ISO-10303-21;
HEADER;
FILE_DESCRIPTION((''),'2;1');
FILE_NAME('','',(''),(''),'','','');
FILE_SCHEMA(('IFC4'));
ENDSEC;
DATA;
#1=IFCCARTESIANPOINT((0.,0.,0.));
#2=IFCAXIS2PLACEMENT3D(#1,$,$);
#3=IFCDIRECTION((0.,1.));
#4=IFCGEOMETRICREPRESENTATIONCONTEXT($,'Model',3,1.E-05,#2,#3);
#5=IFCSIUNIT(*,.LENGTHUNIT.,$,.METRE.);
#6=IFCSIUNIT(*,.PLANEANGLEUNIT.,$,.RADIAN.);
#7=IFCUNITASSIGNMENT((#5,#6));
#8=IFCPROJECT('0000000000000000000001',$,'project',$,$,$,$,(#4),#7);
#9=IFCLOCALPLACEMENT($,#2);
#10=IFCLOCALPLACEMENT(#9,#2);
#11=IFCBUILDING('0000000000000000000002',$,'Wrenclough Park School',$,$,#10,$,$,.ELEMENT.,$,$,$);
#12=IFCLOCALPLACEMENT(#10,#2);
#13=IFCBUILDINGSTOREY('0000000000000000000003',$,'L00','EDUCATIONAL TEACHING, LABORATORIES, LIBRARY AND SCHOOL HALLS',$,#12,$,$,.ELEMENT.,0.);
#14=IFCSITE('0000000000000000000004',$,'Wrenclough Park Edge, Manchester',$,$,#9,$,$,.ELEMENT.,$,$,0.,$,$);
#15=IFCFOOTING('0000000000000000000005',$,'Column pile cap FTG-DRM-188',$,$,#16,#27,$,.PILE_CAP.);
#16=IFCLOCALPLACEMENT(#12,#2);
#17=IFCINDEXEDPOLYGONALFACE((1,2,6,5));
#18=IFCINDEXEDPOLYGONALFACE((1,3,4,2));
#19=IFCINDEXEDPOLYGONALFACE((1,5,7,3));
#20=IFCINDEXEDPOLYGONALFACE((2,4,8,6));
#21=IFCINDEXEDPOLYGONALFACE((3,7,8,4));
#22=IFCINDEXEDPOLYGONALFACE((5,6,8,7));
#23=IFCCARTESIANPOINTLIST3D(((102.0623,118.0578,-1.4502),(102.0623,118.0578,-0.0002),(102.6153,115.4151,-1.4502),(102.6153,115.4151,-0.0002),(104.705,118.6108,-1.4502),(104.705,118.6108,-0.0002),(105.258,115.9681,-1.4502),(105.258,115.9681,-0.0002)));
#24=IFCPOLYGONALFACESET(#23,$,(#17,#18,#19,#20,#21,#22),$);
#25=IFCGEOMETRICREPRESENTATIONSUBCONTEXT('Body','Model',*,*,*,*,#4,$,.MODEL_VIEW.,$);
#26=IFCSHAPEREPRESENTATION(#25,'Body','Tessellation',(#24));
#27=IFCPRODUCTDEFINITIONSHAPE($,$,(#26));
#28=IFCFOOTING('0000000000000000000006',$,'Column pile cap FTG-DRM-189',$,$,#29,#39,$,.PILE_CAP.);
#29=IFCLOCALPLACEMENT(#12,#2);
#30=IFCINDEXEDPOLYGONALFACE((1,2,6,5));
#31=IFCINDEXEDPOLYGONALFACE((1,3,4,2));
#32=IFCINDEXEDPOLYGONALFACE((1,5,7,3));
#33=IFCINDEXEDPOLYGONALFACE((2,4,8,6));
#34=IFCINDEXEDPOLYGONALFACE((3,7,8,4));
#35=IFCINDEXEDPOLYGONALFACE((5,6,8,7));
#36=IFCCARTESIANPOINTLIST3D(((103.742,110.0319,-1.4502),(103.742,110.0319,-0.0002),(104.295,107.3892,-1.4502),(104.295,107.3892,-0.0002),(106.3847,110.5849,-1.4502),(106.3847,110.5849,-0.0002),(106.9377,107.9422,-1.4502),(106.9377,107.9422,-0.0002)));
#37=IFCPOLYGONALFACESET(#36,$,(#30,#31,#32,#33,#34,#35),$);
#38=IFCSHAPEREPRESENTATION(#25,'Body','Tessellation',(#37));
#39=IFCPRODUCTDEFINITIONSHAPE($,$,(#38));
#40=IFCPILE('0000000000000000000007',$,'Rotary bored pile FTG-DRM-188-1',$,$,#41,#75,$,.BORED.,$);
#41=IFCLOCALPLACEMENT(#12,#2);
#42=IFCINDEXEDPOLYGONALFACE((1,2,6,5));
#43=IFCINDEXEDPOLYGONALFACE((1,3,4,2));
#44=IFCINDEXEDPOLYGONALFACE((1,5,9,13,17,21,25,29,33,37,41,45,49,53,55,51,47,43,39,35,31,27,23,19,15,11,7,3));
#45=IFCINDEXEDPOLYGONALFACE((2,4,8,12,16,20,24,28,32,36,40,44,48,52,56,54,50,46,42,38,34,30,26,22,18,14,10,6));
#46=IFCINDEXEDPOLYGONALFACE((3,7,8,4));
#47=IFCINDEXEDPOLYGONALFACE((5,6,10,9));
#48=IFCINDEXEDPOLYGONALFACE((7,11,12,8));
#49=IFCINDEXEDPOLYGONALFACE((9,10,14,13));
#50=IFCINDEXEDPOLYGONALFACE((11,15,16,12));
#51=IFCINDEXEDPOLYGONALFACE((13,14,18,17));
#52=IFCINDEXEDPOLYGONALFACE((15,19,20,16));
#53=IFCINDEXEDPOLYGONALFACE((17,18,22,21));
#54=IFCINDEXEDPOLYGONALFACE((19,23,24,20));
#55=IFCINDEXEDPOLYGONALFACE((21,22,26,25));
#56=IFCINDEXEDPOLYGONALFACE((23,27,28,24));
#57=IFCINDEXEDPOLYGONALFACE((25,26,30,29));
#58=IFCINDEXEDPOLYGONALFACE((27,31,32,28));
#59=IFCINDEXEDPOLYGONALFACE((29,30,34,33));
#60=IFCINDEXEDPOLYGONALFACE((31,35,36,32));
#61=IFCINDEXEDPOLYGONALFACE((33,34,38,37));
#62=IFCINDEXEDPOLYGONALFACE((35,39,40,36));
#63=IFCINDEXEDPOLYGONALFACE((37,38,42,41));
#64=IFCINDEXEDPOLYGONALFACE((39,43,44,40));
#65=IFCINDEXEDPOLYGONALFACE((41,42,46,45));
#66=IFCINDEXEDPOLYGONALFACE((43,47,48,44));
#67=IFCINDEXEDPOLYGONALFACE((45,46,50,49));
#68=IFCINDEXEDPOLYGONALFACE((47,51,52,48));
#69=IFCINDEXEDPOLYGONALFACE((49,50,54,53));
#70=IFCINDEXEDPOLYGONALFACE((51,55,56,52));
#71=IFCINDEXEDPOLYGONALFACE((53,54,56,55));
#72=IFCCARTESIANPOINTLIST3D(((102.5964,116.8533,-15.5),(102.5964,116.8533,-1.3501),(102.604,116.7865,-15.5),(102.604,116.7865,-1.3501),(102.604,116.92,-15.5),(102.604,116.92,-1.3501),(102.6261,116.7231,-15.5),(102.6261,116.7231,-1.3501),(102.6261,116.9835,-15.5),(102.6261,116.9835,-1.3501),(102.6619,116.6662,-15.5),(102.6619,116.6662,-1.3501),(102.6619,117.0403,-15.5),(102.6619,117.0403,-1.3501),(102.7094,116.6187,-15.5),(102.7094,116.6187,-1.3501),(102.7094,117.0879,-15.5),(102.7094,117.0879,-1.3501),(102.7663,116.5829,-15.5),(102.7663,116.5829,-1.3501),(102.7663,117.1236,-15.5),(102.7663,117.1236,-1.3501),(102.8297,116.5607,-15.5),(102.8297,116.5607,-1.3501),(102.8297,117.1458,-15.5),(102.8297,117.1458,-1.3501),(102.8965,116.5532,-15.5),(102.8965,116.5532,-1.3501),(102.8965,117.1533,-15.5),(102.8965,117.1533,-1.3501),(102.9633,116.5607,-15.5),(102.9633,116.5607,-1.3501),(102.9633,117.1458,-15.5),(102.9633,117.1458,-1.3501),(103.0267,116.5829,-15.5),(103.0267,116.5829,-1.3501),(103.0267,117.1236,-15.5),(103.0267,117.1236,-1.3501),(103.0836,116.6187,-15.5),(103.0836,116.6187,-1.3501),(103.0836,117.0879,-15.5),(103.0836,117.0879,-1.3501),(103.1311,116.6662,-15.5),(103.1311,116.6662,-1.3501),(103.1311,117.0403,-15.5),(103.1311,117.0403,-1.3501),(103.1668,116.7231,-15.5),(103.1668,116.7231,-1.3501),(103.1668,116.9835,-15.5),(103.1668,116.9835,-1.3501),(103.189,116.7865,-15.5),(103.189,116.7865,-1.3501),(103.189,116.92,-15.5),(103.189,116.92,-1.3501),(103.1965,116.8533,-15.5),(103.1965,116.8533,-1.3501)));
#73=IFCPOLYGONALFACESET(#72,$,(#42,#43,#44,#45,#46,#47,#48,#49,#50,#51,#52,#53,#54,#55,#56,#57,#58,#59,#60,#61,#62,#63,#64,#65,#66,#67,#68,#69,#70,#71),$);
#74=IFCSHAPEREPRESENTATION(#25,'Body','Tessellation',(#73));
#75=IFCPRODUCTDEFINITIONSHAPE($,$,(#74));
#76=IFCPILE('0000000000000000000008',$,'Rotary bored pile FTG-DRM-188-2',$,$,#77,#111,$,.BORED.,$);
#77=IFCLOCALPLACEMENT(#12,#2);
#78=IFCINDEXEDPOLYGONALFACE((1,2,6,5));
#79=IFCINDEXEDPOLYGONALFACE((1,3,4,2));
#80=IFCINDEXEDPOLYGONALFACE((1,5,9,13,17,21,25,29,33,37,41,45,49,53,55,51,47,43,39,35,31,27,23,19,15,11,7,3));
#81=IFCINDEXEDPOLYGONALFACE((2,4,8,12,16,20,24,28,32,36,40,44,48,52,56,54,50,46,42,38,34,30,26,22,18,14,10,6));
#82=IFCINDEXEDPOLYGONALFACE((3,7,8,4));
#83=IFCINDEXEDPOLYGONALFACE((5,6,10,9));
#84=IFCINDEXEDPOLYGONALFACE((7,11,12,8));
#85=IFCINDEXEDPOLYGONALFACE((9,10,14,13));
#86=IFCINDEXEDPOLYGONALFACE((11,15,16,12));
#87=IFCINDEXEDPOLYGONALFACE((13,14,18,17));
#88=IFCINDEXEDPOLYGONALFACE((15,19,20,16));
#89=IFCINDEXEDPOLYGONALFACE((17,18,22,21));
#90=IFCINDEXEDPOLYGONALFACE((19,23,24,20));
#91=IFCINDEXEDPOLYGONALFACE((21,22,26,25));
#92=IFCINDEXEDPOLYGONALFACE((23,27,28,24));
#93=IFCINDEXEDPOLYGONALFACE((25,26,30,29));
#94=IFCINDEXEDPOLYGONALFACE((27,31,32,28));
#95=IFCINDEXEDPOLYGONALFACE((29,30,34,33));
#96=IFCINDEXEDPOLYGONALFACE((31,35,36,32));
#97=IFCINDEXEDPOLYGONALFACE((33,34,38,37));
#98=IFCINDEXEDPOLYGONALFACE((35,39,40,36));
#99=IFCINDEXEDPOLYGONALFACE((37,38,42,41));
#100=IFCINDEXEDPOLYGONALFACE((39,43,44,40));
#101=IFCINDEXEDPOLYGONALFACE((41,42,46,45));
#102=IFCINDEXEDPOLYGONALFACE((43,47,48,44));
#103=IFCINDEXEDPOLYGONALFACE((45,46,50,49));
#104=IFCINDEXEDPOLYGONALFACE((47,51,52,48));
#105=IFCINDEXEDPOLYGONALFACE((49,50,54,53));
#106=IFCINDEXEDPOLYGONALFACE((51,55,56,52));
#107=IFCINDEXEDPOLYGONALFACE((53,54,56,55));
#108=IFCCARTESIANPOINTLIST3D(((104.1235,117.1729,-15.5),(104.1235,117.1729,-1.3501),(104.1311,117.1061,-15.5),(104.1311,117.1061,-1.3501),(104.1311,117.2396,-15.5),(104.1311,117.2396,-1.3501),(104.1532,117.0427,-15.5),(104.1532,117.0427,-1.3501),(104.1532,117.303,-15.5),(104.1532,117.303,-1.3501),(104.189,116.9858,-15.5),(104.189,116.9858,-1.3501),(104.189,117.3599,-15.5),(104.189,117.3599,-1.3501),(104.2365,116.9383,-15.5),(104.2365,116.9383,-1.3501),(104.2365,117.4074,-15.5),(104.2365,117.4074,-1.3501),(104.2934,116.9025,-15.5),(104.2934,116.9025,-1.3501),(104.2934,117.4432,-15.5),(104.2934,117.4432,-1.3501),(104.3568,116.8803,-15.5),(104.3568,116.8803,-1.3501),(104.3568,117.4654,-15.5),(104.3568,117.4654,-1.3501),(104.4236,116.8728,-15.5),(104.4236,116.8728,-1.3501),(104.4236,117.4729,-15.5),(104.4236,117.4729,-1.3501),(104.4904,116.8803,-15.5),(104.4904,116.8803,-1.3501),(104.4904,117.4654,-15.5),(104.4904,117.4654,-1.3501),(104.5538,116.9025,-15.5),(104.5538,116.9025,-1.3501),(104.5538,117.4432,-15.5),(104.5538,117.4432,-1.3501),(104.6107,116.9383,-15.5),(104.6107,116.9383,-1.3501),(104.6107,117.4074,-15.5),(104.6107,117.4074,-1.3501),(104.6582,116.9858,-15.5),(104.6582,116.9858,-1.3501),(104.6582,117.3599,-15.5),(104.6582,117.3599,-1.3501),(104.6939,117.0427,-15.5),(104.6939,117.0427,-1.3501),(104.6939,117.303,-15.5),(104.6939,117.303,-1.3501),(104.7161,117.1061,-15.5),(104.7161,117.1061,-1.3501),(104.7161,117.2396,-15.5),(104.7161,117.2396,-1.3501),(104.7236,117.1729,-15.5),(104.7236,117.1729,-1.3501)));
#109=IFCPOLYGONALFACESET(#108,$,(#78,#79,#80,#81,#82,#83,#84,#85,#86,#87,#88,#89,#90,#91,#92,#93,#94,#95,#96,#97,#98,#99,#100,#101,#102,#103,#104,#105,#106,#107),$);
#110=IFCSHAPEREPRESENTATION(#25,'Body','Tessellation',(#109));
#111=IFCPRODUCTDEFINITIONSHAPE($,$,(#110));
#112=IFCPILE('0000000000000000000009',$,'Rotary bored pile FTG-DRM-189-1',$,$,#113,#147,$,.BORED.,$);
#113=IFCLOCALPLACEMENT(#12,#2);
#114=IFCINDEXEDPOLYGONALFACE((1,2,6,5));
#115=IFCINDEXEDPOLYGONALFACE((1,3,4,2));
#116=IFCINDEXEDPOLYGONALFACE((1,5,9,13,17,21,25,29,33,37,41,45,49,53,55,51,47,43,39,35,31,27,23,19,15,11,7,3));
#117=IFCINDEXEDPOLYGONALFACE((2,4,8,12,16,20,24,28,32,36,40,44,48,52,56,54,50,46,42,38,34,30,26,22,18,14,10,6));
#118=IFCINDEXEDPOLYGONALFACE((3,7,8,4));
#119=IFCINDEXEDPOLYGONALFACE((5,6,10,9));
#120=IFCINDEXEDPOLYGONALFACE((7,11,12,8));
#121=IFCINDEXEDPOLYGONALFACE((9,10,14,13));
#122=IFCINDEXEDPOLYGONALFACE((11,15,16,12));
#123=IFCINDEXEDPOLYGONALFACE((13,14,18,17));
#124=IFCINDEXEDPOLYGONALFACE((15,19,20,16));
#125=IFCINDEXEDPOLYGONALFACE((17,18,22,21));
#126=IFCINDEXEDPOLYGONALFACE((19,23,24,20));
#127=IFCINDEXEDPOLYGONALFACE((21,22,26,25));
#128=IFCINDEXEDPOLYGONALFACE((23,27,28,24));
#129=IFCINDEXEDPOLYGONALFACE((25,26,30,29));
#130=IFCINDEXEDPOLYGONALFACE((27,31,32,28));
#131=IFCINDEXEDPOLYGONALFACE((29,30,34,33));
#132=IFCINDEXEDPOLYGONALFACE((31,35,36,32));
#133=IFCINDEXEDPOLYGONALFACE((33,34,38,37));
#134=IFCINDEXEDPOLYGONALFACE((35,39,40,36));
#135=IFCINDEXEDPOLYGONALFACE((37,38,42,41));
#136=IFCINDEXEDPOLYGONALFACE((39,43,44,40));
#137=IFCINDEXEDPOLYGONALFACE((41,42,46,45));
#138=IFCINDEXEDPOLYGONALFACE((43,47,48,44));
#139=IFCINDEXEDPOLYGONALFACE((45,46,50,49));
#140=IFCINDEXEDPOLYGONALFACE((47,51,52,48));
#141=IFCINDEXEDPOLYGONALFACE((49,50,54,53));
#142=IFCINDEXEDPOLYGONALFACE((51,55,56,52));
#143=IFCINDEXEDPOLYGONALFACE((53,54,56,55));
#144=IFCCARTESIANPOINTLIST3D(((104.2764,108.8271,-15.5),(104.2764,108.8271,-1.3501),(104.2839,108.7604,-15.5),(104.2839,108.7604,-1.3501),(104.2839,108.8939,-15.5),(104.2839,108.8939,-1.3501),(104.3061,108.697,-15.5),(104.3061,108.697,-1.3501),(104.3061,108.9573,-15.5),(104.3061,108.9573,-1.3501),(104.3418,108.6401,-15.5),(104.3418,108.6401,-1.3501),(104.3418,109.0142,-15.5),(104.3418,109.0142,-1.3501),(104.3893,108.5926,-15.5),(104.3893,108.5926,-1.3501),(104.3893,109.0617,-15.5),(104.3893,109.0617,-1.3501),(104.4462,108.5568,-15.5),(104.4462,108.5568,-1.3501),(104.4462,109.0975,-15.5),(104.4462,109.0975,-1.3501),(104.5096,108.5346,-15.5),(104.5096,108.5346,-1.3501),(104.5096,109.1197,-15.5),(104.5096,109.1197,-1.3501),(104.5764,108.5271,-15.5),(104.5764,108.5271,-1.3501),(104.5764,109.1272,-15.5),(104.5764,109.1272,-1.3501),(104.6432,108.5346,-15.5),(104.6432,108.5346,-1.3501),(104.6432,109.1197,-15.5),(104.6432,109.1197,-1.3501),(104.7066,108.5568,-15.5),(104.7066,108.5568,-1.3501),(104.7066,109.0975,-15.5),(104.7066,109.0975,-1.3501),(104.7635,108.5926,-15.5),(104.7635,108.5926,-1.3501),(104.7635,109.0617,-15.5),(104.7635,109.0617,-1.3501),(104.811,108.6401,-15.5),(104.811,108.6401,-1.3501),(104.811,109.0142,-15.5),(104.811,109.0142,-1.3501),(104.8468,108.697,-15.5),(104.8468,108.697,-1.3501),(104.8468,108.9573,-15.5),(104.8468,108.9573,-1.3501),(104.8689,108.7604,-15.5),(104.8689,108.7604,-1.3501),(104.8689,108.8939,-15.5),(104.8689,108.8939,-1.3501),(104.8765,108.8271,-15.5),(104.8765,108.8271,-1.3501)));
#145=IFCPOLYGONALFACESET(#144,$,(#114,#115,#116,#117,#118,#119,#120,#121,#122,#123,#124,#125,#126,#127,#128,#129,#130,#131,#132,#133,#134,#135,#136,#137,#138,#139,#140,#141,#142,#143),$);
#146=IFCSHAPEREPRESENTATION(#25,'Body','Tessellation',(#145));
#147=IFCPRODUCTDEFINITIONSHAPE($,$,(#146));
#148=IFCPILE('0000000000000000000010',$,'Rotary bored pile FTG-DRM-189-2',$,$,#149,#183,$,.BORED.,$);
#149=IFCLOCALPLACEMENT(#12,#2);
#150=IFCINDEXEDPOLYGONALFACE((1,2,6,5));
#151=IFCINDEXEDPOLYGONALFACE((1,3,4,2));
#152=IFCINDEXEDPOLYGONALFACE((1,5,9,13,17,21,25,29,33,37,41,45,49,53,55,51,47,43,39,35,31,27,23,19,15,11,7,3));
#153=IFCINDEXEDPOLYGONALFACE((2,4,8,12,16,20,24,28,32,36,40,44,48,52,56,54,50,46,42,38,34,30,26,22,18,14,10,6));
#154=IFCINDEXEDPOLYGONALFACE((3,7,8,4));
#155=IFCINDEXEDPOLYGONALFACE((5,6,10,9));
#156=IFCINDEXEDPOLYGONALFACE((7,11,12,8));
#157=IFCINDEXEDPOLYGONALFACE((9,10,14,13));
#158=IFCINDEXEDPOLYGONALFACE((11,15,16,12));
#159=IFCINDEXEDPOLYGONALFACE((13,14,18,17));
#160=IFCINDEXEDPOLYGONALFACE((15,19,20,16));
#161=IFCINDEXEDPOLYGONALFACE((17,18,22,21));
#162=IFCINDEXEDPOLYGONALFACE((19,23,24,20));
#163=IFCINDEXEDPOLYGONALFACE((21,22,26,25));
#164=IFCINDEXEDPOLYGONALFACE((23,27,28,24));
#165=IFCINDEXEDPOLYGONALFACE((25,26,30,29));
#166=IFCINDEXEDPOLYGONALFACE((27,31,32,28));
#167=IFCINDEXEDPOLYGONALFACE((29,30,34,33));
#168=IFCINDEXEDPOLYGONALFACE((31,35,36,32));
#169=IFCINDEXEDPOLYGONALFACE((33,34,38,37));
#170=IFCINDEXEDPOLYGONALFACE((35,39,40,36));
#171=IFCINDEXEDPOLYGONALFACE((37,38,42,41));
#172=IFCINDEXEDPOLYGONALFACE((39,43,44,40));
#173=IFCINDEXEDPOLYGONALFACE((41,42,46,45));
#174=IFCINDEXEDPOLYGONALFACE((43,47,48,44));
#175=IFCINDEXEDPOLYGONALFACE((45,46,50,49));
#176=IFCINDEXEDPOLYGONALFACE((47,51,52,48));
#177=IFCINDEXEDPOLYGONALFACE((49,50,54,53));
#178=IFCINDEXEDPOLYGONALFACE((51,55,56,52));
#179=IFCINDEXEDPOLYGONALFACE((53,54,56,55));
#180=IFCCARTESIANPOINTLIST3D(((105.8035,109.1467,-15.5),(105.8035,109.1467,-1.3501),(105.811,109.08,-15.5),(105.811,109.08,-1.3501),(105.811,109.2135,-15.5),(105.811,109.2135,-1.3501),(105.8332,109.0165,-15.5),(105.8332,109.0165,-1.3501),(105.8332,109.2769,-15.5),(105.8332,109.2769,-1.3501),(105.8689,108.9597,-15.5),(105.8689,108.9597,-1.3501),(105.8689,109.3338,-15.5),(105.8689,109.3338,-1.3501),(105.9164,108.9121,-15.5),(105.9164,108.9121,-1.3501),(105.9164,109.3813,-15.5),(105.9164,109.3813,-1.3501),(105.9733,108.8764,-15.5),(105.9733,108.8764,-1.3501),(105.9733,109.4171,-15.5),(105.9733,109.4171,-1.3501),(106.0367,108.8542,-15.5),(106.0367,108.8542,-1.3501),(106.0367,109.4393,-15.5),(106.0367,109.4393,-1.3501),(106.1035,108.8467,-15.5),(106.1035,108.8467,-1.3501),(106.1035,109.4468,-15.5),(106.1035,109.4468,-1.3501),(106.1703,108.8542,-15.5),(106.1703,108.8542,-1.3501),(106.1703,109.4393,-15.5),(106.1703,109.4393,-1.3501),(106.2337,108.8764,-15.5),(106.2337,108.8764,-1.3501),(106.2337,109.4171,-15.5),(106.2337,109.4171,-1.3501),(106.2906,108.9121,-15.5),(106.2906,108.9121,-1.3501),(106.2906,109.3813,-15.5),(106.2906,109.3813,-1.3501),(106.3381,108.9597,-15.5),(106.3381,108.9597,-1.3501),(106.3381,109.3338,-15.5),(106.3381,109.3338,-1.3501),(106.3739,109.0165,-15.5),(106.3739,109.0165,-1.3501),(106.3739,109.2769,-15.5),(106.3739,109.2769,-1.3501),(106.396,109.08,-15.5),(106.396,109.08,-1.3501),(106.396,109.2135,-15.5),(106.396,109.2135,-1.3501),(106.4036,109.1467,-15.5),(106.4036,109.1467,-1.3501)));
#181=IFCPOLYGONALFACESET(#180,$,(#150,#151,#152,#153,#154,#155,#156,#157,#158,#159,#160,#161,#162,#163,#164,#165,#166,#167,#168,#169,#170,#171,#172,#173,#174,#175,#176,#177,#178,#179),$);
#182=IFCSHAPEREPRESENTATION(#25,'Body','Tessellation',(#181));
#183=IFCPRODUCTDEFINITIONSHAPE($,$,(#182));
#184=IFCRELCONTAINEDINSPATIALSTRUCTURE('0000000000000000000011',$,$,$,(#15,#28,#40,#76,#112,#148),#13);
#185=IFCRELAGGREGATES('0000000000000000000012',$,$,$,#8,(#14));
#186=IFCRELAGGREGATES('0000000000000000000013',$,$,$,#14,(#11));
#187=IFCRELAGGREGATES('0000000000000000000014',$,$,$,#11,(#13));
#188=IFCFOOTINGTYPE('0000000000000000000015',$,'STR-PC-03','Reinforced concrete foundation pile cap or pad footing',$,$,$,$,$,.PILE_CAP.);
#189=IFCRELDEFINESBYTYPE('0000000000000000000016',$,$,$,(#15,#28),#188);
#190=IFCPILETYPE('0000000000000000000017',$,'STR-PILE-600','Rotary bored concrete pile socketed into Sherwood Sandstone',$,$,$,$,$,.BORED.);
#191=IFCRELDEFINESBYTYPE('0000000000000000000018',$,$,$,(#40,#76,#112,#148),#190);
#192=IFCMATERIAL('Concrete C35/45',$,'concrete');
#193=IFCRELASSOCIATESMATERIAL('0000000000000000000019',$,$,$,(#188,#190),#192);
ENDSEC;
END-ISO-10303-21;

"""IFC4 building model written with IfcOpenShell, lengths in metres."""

from ifc_helpers import new_model, si_unit, direction, frame, origin, origin_2d, place, context, subcontext, project, spatial, rectangle, circle, extrude, material, material_profile, profile_set, type_object, element, save


model = new_model("IFC4")

# Units and contexts
model_context = context("Model", 3, precision=1e-05, world=origin(), true_north=direction((0.0, 1.0)))
body_context = subcontext(model_context, "Body", "Model", "MODEL_VIEW")
ifc_project = project(units=[si_unit("LENGTHUNIT", "METRE"), si_unit("PLANEANGLEUNIT", "RADIAN")], contexts=[model_context])

# Site, building, storey
site_placement = place(None, origin())
site = spatial("IfcSite", under=ifc_project, at=site_placement, Name="Wrenclough Park Edge, Manchester", CompositionType="ELEMENT", RefElevation=0.0)
building_placement = place(site_placement, origin())
building = spatial("IfcBuilding", under=site, at=building_placement, Name="Wrenclough Park School", CompositionType="ELEMENT")
storey_placement = place(building_placement, origin())
storey = spatial("IfcBuildingStorey", under=building, at=storey_placement, Name="L00", Description="EDUCATIONAL TEACHING, LABORATORIES, LIBRARY AND SCHOOL HALLS", CompositionType="ELEMENT", Elevation=0.0)

# Footings
ifc_material_1 = material(Name="Concrete C35/45", Category="concrete")
footing_type = type_object("IfcFootingType", Name="STR-PC-03", Description="Reinforced concrete foundation pile cap or pad footing", PredefinedType="PILE_CAP", material=ifc_material_1)
for number, where, z_axis, x_axis, name in (
    (1, (103.6602, 117.0129, -1.4502), (0.0, 0.0, 1.0), (0.978796, 0.204838, 0.0), "Column pile cap FTG-DRM-188"),
    (2, (105.3398, 108.9871, -1.4502), (0.0, 0.0, 1.0), (0.978796, 0.204838, 0.0), "Column pile cap FTG-DRM-189"),
):
    element("IfcFooting", number, at=place(storey_placement, frame(where, z_axis=z_axis, x_axis=x_axis)), inside=storey, type_object=footing_type, Name=name, PredefinedType="PILE_CAP", context=body_context, shape_type="SweptSolid", body=[
        extrude(rectangle(XDim=2.7, YDim=2.7, at=origin_2d()), origin(), (0.0, 0.0, 1.0), 1.45),
    ])

# Piles
ifc_material_profile_1 = material_profile(ifc_material_1, circle(Radius=0.3, at=origin_2d()), Name="BORED PILE D600")
ifc_profile_set_1 = profile_set([ifc_material_profile_1], Name="Concrete C35/45")
pile_type = type_object("IfcPileType", Name="STR-PILE-600", Description="Rotary bored concrete pile socketed into Sherwood Sandstone", PredefinedType="BORED", material=ifc_profile_set_1)
for number, where, z_axis, x_axis, name in (
    (3, (102.8965, 116.8533, -1.3501), (0.0, 0.0, -1.0), (1.0, 0.0, 0.0), "Rotary bored pile FTG-DRM-188-1"),
    (4, (104.4236, 117.1729, -1.3501), (0.0, 0.0, -1.0), (1.0, 0.0, 0.0), "Rotary bored pile FTG-DRM-188-2"),
    (5, (104.5764, 108.8271, -1.3501), (0.0, 0.0, -1.0), (1.0, 0.0, 0.0), "Rotary bored pile FTG-DRM-189-1"),
    (6, (106.1035, 109.1467, -1.3501), (0.0, 0.0, -1.0), (1.0, 0.0, 0.0), "Rotary bored pile FTG-DRM-189-2"),
):
    element("IfcPile", number, at=place(storey_placement, frame(where, z_axis=z_axis, x_axis=x_axis)), inside=storey, type_object=pile_type, Name=name, PredefinedType="BORED", context=body_context, shape_type="SweptSolid", body=[
        extrude(circle(Radius=0.3, at=origin_2d()), origin(), (0.0, 0.0, 1.0), 14.1499),
    ])

save(model, "model.ifc")
